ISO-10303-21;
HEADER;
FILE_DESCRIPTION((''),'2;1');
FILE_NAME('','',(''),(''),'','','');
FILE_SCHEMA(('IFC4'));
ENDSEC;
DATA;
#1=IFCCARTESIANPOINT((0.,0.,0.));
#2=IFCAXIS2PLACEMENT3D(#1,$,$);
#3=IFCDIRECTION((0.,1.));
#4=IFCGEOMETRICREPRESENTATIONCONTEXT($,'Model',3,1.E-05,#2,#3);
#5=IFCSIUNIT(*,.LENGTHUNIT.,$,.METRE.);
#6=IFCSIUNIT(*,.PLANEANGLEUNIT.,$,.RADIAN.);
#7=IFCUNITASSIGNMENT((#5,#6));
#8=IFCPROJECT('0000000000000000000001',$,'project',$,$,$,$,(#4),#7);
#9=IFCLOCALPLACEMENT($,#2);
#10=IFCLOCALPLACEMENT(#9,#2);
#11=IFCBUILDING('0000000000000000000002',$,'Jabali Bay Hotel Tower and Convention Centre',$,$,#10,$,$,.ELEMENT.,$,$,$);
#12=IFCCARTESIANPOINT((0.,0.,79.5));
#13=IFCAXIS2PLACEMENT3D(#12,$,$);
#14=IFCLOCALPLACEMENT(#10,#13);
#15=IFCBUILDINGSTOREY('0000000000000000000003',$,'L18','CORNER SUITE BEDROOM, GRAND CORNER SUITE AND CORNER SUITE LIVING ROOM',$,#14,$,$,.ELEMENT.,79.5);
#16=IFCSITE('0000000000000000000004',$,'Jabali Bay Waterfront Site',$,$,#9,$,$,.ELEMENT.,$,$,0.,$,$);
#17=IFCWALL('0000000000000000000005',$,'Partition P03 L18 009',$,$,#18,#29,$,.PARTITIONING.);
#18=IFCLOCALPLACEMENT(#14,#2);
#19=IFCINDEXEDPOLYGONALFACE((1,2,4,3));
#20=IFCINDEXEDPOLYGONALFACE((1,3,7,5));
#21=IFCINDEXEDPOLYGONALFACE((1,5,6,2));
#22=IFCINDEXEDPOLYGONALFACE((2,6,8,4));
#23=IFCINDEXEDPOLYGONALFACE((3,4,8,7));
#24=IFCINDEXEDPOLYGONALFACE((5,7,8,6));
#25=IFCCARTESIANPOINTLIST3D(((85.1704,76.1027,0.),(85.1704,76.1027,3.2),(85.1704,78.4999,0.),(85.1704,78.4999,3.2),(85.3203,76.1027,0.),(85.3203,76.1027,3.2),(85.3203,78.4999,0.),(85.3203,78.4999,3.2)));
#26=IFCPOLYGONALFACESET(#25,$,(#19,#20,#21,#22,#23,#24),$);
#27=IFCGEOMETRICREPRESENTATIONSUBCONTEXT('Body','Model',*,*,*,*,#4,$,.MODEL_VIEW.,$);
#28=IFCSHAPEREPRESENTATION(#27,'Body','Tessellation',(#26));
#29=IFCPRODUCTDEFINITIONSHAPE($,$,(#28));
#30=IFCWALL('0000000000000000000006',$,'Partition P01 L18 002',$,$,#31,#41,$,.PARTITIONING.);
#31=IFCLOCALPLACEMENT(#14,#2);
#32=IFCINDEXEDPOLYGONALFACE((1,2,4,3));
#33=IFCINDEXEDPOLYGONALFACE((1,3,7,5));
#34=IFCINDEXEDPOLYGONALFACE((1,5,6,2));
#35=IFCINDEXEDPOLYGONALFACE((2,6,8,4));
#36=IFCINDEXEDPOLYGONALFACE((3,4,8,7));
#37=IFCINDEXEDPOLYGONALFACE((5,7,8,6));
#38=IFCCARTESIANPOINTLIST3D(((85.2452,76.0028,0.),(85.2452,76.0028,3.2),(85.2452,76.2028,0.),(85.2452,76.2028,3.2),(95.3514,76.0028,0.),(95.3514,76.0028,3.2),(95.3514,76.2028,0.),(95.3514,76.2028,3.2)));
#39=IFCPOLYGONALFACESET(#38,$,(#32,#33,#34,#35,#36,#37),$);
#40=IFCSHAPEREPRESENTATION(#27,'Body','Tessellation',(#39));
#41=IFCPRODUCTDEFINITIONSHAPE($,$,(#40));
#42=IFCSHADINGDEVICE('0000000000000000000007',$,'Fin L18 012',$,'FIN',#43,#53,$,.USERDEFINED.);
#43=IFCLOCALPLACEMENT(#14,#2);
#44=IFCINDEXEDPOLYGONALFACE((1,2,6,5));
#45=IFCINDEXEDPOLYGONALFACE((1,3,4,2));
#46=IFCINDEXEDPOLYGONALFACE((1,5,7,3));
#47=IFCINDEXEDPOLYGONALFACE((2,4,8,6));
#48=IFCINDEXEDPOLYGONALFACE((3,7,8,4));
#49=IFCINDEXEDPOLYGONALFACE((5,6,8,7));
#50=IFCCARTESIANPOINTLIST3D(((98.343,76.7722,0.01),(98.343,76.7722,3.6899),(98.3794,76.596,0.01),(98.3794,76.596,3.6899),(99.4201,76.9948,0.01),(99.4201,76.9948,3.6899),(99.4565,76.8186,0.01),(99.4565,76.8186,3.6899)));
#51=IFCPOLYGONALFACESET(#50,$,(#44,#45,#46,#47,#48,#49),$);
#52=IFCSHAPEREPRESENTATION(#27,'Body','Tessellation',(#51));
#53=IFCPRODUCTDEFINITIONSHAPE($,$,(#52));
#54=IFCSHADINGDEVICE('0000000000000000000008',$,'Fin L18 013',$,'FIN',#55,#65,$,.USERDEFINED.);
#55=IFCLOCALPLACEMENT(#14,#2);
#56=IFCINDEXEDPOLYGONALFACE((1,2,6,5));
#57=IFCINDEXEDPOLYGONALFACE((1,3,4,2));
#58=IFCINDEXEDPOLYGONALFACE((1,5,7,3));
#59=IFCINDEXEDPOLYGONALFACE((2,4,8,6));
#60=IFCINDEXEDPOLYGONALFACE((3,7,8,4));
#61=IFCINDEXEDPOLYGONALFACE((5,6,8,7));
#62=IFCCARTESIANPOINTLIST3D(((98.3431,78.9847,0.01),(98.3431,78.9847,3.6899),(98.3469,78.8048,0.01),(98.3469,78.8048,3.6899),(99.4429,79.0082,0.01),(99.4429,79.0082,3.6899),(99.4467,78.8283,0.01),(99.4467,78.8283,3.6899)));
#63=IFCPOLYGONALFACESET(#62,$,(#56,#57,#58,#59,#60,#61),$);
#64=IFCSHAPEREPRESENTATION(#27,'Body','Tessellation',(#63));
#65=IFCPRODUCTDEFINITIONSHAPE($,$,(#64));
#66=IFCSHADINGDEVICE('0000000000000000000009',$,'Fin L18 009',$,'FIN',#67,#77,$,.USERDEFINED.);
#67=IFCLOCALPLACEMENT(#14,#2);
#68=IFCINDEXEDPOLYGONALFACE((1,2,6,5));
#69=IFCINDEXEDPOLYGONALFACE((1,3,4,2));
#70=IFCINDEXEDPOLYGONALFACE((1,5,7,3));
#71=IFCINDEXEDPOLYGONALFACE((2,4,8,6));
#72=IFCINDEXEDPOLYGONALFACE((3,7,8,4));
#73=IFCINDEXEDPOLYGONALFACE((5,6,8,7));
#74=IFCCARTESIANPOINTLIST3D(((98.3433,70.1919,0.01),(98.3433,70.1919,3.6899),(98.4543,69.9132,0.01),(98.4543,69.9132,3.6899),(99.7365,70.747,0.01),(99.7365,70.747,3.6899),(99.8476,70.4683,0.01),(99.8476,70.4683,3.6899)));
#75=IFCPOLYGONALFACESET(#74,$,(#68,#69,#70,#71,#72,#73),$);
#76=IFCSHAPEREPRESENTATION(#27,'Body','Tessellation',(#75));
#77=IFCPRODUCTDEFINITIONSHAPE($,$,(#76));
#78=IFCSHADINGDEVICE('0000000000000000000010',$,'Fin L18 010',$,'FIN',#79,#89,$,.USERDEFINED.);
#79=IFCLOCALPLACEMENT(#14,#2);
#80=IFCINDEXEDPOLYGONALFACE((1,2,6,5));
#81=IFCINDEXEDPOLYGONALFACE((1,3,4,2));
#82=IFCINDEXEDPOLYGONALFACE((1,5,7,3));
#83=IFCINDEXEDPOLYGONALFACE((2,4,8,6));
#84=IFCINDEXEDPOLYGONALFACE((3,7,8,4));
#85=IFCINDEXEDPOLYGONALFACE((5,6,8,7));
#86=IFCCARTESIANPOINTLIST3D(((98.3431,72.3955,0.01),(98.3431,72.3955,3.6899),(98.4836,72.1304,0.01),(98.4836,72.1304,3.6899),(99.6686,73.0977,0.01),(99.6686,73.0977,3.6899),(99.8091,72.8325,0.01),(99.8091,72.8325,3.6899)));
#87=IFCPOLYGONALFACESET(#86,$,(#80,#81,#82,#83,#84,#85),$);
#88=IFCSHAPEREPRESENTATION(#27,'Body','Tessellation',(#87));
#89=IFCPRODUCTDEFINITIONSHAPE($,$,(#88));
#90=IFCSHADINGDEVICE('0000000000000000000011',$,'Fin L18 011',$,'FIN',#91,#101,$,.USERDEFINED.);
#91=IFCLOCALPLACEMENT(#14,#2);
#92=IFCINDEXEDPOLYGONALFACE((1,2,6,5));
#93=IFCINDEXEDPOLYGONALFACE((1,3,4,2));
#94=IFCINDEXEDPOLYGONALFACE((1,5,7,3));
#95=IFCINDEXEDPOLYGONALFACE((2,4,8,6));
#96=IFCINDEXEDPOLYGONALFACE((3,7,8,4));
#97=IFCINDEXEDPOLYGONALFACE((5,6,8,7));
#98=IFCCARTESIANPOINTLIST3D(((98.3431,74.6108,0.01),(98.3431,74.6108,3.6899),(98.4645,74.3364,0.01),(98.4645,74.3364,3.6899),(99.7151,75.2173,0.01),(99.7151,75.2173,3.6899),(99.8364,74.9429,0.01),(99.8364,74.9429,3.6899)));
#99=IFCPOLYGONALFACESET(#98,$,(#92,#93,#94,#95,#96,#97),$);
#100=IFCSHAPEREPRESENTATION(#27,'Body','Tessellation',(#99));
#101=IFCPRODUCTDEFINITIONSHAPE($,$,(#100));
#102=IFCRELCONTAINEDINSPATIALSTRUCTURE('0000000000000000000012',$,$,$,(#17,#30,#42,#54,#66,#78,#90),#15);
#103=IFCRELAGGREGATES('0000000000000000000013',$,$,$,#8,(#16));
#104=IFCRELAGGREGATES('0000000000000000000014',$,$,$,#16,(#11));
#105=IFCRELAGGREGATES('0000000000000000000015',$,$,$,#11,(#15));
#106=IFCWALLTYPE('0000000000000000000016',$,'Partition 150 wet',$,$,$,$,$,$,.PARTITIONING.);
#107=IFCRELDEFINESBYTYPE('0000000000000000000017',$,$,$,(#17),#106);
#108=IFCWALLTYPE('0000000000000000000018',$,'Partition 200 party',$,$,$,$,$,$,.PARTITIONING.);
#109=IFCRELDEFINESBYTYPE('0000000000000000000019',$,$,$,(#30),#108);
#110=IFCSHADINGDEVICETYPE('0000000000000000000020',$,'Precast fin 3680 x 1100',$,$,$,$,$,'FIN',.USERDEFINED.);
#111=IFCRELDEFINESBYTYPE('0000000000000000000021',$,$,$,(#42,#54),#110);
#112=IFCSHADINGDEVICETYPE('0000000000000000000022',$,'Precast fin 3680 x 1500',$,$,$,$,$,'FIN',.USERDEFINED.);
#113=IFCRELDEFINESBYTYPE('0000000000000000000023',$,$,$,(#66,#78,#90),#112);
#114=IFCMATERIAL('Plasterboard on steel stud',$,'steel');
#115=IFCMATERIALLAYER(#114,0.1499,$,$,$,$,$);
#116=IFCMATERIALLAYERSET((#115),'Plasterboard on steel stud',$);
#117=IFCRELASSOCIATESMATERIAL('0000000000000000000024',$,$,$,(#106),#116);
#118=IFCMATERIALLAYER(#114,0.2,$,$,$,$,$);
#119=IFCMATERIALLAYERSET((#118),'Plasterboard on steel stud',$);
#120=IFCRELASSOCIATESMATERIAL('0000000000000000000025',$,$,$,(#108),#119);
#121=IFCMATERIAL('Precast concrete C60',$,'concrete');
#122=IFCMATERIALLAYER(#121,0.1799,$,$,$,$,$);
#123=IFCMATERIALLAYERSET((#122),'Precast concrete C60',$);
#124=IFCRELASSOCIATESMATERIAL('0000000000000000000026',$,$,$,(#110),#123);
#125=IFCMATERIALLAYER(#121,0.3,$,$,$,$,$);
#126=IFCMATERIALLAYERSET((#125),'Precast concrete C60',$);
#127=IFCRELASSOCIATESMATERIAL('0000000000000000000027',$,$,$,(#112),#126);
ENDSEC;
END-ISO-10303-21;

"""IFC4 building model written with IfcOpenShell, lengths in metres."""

from ifc_helpers import new_model, si_unit, direction, frame, frame_2d, origin, place, context, subcontext, project, spatial, rectangle, extrude, material, layer, layer_set, type_object, element, save


model = new_model("IFC4")

# Units and contexts
model_context = context("Model", 3, precision=1e-05, world=origin(), true_north=direction((0.0, 1.0)))
body_context = subcontext(model_context, "Body", "Model", "MODEL_VIEW")
ifc_project = project(units=[si_unit("LENGTHUNIT", "METRE"), si_unit("PLANEANGLEUNIT", "RADIAN")], contexts=[model_context])

# Site, building, storey
site_placement = place(None, origin())
site = spatial("IfcSite", under=ifc_project, at=site_placement, Name="Jabali Bay Waterfront Site", CompositionType="ELEMENT", RefElevation=0.0)
building_placement = place(site_placement, origin())
building = spatial("IfcBuilding", under=site, at=building_placement, Name="Jabali Bay Hotel Tower and Convention Centre", CompositionType="ELEMENT")
storey_placement = place(building_placement, frame((0.0, 0.0, 79.5)))
storey = spatial("IfcBuildingStorey", under=building, at=storey_placement, Name="L18", Description="CORNER SUITE BEDROOM, GRAND CORNER SUITE AND CORNER SUITE LIVING ROOM", CompositionType="ELEMENT", Elevation=79.5)

# Shared definitions
ifc_material_1 = material(Name="Plasterboard on steel stud", Category="steel")

# Shared definitions
ifc_layer_1 = layer(ifc_material_1, 0.1499)
ifc_layer_set_1 = layer_set([ifc_layer_1], Name="Plasterboard on steel stud")
wall_type_1 = type_object("IfcWallType", Name="Partition 150 wet", PredefinedType="PARTITIONING", material=ifc_layer_set_1)

# Walls
wall_1_placement = place(storey_placement, frame((85.2454, 78.5, 0.0), z_axis=(0.0, 0.0, 1.0), x_axis=(0.0, -1.0, 0.0)))
element("IfcWall", 1, at=wall_1_placement, inside=storey, type_object=wall_type_1, Name="Partition P03 L18 009", PredefinedType="PARTITIONING", context=body_context, shape_type="SweptSolid", body=[
    extrude(rectangle(XDim=2.3972, YDim=0.1499, at=frame_2d((1.1987, 0.0))), origin(), (0.0, 0.0, 1.0), 3.2),
])
ifc_layer_2 = layer(ifc_material_1, 0.2)
ifc_layer_set_2 = layer_set([ifc_layer_2], Name="Plasterboard on steel stud")
wall_type_2 = type_object("IfcWallType", Name="Partition 200 party", PredefinedType="PARTITIONING", material=ifc_layer_set_2)
wall_2_placement = place(storey_placement, frame((95.3516, 76.1028, 0.0), z_axis=(0.0, 0.0, 1.0), x_axis=(-1.0, 0.0, 0.0)))
element("IfcWall", 2, at=wall_2_placement, inside=storey, type_object=wall_type_2, Name="Partition P01 L18 002", PredefinedType="PARTITIONING", context=body_context, shape_type="SweptSolid", body=[
    extrude(rectangle(XDim=10.1062, YDim=0.2, at=frame_2d((5.0532, 0.0))), origin(), (0.0, 0.0, 1.0), 3.2),
])

# Shading devices
ifc_material_2 = material(Name="Precast concrete C60", Category="concrete")
ifc_layer_3 = layer(ifc_material_2, 0.1799)
ifc_layer_set_3 = layer_set([ifc_layer_3], Name="Precast concrete C60")
shading_device_type_1 = type_object("IfcShadingDeviceType", Name="Precast fin 3680 x 1100", ElementType="FIN", PredefinedType="USERDEFINED", material=ifc_layer_set_3)
shading_device_1_placement = place(storey_placement, frame((98.3613, 76.6841, 0.01), z_axis=(0.0, 0.0, 1.0), x_axis=(0.979297, 0.202429, 0.0)))
element("IfcShadingDevice", 3, at=shading_device_1_placement, inside=storey, type_object=shading_device_type_1, Name="Fin L18 012", ObjectType="FIN", PredefinedType="USERDEFINED", context=body_context, shape_type="SweptSolid", body=[
    extrude(rectangle(XDim=1.0999, YDim=0.1799, at=frame_2d((0.5498, 0.0))), origin(), (0.0, 0.0, 1.0), 3.6799),
])
shading_device_2_placement = place(storey_placement, frame((98.345, 78.8948, 0.01), z_axis=(0.0, 0.0, 1.0), x_axis=(0.999773, 0.021305, 0.0)))
element("IfcShadingDevice", 4, at=shading_device_2_placement, inside=storey, type_object=shading_device_type_1, Name="Fin L18 013", ObjectType="FIN", PredefinedType="USERDEFINED", context=body_context, shape_type="SweptSolid", body=[
    extrude(rectangle(XDim=1.1001, YDim=0.1799, at=frame_2d((0.55, 0.0))), origin(), (0.0, 0.0, 1.0), 3.6799),
])
ifc_layer_4 = layer(ifc_material_2, 0.3)
ifc_layer_set_4 = layer_set([ifc_layer_4], Name="Precast concrete C60")
shading_device_type_2 = type_object("IfcShadingDeviceType", Name="Precast fin 3680 x 1500", ElementType="FIN", PredefinedType="USERDEFINED", material=ifc_layer_set_4)
shading_device_3_placement = place(storey_placement, frame((98.3987, 70.0525, 0.01), z_axis=(0.0, 0.0, 1.0), x_axis=(0.92897, 0.370155, 0.0)))
element("IfcShadingDevice", 5, at=shading_device_3_placement, inside=storey, type_object=shading_device_type_2, Name="Fin L18 009", ObjectType="FIN", PredefinedType="USERDEFINED", context=body_context, shape_type="SweptSolid", body=[
    extrude(rectangle(XDim=1.4998, YDim=0.3, at=frame_2d((0.75, 0.0))), origin(), (0.0, 0.0, 1.0), 3.6799),
])
for number, where, z_axis, x_axis, name in (
    (6, (98.4133, 72.2629, 0.01), (0.0, 0.0, 1.0), (0.883665, 0.46812, 0.0), "Fin L18 010"),
    (7, (98.4038, 74.4736, 0.01), (0.0, 0.0, 1.0), (0.914615, 0.404325, 0.0), "Fin L18 011"),
):
    element("IfcShadingDevice", number, at=place(storey_placement, frame(where, z_axis=z_axis, x_axis=x_axis)), inside=storey, type_object=shading_device_type_2, Name=name, ObjectType="FIN", PredefinedType="USERDEFINED", context=body_context, shape_type="SweptSolid", body=[
        extrude(rectangle(XDim=1.5, YDim=0.3, at=frame_2d((0.75, 0.0))), origin(), (0.0, 0.0, 1.0), 3.6799),
    ])

save(model, "model.ifc")
